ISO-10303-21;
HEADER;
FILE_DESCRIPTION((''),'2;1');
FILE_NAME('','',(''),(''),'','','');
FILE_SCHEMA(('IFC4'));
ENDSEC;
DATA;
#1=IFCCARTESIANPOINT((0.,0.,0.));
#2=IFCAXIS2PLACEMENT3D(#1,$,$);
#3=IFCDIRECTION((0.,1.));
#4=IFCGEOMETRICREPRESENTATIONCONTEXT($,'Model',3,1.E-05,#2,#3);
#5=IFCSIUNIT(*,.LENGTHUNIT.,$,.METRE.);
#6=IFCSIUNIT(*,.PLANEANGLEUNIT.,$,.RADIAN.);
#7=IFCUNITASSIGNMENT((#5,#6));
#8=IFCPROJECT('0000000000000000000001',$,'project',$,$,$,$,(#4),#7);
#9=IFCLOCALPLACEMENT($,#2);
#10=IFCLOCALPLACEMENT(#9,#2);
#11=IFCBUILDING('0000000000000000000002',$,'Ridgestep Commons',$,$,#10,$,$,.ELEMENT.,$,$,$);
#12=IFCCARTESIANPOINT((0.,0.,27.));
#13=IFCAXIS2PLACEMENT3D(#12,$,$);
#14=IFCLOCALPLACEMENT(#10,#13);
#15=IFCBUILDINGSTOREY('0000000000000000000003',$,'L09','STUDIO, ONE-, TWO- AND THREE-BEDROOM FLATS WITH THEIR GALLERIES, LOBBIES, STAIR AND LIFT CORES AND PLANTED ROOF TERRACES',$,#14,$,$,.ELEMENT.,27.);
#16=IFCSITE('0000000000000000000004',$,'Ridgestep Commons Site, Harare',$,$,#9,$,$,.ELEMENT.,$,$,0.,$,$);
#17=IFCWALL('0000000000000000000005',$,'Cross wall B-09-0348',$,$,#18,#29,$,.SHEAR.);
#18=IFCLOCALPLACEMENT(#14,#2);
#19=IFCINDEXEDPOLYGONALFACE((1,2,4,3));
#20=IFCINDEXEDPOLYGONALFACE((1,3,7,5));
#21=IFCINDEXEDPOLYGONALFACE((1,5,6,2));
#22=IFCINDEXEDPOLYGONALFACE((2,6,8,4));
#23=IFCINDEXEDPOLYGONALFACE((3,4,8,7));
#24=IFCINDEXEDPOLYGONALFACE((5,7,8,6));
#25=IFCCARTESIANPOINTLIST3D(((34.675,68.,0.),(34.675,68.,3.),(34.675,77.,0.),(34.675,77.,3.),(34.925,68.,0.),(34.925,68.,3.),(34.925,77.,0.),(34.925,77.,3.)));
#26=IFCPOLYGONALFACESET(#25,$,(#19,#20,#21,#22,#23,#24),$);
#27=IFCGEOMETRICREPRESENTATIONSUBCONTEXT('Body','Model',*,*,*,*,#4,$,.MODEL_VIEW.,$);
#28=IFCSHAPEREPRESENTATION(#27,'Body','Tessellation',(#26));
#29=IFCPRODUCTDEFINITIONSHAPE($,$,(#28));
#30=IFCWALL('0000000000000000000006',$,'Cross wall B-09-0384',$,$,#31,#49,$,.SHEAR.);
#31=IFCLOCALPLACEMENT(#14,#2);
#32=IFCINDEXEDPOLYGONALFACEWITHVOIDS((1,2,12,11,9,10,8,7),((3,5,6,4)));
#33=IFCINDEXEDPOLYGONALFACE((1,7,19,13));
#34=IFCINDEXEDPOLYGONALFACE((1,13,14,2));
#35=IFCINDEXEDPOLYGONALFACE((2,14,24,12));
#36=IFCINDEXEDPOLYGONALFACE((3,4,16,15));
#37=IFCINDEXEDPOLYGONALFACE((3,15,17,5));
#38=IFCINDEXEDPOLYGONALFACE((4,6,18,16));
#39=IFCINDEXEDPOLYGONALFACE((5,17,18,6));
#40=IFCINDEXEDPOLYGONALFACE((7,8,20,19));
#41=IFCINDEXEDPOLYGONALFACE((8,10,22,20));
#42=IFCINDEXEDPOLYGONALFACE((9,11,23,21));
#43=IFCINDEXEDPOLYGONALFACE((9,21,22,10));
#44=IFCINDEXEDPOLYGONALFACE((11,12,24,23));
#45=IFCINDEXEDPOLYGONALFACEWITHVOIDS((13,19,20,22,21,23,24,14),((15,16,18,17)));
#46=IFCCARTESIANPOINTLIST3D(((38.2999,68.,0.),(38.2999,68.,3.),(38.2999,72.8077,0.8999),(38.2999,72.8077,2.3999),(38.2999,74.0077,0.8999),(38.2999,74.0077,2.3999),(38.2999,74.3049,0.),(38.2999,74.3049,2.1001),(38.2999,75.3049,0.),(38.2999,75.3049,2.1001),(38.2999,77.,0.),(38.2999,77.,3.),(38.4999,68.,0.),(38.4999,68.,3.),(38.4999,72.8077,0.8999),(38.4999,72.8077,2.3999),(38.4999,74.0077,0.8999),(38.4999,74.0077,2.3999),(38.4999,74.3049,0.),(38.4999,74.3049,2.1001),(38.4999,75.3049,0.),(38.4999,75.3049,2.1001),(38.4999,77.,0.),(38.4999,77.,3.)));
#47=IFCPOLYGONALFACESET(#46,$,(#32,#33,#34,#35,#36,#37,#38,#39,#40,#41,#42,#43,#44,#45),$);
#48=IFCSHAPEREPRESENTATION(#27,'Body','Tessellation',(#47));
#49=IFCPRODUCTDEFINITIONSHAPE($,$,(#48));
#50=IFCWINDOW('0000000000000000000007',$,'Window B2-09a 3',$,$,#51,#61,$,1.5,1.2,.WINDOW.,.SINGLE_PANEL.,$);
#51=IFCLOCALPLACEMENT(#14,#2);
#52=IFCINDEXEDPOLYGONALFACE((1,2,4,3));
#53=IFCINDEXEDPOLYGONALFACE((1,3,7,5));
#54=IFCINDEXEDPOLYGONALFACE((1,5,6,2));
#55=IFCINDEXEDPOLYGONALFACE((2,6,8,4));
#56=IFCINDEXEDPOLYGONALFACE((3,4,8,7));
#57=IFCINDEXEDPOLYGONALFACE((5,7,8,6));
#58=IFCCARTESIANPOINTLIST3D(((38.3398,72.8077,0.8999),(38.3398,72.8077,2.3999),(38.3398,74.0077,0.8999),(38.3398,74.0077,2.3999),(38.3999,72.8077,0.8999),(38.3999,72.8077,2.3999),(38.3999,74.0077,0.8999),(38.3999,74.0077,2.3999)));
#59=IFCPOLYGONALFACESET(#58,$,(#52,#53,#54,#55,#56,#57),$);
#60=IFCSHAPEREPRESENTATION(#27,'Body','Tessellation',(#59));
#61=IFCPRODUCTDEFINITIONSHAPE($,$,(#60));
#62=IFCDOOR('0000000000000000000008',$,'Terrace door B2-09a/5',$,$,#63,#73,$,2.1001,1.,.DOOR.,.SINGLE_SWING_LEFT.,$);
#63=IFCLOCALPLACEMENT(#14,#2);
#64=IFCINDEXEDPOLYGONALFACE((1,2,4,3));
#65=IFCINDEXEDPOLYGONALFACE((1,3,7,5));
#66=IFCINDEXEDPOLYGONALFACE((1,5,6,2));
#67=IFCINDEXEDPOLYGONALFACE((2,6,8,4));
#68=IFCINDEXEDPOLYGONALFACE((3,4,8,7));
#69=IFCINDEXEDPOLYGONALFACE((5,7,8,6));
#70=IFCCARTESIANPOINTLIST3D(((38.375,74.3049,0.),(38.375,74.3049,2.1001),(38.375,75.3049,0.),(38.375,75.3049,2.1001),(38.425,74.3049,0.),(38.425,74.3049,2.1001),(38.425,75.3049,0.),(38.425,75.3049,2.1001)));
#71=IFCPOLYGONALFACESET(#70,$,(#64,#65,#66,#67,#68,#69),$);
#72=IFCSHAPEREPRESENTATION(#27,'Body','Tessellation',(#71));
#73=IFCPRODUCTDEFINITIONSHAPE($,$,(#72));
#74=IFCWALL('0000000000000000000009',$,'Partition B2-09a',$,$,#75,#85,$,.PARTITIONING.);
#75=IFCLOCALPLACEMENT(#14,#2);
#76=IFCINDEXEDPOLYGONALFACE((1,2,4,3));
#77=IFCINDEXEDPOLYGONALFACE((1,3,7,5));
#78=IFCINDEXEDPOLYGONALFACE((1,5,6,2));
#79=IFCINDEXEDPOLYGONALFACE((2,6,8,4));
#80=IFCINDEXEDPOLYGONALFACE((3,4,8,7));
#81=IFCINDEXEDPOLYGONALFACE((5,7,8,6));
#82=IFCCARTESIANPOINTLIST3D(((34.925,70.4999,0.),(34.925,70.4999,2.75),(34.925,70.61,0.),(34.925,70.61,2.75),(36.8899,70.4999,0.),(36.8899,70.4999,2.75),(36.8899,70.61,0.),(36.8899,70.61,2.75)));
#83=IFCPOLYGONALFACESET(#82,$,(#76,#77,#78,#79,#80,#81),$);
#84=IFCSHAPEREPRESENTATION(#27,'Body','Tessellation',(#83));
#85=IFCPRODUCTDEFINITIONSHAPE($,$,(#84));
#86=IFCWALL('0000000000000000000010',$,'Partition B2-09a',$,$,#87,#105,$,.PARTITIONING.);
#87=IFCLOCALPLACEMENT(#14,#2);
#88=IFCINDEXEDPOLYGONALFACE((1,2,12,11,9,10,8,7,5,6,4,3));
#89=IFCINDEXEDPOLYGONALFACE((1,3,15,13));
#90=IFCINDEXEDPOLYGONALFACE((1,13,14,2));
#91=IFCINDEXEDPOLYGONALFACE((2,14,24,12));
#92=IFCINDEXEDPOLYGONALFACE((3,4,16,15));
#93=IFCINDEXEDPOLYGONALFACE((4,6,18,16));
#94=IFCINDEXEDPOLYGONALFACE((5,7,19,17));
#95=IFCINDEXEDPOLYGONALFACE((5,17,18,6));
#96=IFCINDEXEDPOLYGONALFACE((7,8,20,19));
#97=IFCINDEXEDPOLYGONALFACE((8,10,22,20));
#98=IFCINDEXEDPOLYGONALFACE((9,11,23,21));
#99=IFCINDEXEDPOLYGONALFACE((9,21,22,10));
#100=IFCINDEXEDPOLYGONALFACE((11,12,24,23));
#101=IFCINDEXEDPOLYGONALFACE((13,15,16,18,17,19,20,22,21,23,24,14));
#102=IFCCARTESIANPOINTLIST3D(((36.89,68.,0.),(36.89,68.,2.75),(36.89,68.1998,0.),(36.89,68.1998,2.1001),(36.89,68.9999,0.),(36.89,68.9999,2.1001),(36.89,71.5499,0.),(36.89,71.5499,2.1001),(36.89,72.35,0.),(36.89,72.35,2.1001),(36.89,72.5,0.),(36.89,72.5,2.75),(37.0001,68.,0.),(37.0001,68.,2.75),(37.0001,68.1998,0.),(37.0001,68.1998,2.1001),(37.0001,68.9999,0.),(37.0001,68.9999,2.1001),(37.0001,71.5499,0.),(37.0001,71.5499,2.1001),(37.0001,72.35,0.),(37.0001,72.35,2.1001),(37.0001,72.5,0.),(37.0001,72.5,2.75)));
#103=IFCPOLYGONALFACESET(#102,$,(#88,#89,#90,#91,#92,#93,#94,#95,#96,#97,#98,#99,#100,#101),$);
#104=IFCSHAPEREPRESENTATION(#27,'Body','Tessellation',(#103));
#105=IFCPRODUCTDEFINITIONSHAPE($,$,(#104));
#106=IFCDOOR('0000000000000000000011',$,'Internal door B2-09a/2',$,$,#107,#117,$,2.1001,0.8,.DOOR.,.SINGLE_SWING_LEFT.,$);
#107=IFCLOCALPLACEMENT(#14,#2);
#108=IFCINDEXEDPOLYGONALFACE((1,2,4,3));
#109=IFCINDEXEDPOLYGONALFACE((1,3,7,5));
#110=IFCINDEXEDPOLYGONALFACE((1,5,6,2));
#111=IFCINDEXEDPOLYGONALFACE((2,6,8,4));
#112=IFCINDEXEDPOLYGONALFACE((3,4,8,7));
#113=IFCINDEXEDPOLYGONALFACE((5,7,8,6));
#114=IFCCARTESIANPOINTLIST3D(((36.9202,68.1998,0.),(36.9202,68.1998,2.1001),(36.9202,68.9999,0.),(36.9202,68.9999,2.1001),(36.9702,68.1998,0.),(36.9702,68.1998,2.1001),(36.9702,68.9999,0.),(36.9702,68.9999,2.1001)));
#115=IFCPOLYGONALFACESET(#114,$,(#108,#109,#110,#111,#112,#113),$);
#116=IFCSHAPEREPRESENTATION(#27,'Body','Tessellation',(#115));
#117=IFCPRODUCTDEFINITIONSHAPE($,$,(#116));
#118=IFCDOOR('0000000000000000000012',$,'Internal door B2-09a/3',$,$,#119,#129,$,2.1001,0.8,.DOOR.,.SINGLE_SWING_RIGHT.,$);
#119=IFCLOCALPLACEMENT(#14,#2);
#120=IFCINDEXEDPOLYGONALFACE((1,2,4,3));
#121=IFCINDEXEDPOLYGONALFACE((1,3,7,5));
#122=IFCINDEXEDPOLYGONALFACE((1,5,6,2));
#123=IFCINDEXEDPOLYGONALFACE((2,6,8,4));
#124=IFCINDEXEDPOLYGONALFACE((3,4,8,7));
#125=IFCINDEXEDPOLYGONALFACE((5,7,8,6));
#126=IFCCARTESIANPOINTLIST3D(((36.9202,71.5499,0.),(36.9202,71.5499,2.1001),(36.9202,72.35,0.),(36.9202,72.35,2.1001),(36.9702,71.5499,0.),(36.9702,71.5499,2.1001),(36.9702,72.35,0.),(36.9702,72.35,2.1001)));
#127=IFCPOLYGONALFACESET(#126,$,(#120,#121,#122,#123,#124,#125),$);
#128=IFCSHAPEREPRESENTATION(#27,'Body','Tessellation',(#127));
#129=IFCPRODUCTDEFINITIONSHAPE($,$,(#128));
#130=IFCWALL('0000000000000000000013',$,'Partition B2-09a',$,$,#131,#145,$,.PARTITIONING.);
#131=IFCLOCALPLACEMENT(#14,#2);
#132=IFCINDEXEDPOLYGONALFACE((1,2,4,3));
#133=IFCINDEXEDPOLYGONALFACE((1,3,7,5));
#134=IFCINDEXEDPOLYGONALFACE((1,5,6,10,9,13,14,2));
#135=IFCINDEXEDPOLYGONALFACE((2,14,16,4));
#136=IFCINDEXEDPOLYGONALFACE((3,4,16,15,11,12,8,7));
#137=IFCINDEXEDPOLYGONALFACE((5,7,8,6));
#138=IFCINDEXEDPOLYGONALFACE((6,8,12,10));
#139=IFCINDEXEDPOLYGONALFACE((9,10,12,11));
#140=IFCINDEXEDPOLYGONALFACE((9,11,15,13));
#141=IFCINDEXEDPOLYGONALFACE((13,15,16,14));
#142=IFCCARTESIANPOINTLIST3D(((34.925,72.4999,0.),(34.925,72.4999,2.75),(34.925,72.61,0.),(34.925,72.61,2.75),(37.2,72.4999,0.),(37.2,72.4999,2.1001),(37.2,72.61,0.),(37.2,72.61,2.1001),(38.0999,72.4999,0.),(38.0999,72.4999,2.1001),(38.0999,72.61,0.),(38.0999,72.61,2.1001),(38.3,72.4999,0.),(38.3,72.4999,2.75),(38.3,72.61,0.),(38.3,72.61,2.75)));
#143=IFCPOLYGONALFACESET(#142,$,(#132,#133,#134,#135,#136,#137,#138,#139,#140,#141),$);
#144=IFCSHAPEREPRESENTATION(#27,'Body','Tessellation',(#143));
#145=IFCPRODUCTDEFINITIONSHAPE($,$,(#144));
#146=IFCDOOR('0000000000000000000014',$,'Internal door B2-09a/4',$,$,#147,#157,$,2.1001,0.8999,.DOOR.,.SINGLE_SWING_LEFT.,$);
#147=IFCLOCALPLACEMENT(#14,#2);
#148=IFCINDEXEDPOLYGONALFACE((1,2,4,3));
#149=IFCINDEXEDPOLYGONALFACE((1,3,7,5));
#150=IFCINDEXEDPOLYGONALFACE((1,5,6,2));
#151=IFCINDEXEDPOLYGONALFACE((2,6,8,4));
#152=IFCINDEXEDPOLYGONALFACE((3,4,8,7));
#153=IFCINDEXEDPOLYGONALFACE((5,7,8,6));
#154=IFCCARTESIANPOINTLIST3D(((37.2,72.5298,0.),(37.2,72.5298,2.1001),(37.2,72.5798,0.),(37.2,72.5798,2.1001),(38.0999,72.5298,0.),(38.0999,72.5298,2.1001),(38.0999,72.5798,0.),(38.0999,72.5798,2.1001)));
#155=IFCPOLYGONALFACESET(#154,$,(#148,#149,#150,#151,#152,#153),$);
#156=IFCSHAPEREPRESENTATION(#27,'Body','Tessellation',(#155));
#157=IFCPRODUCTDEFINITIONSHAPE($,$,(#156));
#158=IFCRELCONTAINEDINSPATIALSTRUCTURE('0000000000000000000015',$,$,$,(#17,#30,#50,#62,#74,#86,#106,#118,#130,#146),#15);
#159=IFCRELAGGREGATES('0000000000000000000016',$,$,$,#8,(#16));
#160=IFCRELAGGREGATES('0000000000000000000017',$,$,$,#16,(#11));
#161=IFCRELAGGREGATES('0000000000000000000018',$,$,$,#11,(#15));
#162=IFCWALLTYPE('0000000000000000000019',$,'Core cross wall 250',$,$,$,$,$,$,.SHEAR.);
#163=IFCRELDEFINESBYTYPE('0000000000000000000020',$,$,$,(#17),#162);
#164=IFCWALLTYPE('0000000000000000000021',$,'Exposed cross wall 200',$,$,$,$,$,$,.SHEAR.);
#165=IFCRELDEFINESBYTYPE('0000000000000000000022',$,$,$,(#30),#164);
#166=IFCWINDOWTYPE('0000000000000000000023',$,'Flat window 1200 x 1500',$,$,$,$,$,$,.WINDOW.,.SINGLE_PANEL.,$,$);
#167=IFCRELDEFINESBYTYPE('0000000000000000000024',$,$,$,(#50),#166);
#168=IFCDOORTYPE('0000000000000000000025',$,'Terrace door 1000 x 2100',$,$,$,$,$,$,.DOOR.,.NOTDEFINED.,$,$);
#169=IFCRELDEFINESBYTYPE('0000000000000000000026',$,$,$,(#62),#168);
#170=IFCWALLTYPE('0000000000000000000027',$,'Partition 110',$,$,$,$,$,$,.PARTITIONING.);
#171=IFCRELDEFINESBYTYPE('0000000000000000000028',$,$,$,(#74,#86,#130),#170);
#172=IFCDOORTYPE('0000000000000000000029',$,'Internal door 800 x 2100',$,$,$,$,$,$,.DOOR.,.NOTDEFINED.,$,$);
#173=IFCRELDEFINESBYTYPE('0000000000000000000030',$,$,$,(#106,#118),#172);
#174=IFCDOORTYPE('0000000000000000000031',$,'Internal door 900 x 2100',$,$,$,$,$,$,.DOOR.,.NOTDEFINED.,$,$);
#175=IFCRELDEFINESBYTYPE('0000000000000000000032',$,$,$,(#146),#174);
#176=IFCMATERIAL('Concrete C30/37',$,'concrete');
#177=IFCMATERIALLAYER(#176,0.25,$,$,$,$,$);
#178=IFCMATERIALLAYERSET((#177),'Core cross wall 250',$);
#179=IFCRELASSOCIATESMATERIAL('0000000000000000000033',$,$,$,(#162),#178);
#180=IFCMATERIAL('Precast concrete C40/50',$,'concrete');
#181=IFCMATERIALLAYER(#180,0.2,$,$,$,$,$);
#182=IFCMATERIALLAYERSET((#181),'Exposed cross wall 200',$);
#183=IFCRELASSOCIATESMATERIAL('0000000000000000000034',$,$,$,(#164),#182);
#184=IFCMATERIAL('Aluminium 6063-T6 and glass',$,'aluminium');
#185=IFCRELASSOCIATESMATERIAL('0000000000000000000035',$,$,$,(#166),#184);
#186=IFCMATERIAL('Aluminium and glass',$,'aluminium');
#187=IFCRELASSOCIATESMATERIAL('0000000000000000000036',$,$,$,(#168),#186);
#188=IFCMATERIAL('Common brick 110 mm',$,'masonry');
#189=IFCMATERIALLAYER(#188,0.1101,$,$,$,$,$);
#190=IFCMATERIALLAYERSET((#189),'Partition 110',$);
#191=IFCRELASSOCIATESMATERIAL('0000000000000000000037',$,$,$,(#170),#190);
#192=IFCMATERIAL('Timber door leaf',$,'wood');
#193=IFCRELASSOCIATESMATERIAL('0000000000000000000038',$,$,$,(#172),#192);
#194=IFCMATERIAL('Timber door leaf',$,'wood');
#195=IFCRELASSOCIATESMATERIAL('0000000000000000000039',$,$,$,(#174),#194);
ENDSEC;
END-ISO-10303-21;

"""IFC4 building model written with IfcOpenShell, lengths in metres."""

from ifc_helpers import new_model, si_unit, direction, frame, frame_2d, origin, place, context, subcontext, project, spatial, rectangle, extrude, material, layer, layer_set, type_object, element, fill, save


model = new_model("IFC4")

# Units and contexts
model_context = context("Model", 3, precision=1e-05, world=origin(), true_north=direction((0.0, 1.0)))
body_context = subcontext(model_context, "Body", "Model", "MODEL_VIEW")
ifc_project = project(units=[si_unit("LENGTHUNIT", "METRE"), si_unit("PLANEANGLEUNIT", "RADIAN")], contexts=[model_context])

# Site, building, storey
site_placement = place(None, origin())
site = spatial("IfcSite", under=ifc_project, at=site_placement, Name="Ridgestep Commons Site, Harare", CompositionType="ELEMENT", RefElevation=0.0)
building_placement = place(site_placement, origin())
building = spatial("IfcBuilding", under=site, at=building_placement, Name="Ridgestep Commons", CompositionType="ELEMENT")
storey_placement = place(building_placement, frame((0.0, 0.0, 27.0)))
storey = spatial("IfcBuildingStorey", under=building, at=storey_placement, Name="L09", Description="STUDIO, ONE-, TWO- AND THREE-BEDROOM FLATS WITH THEIR GALLERIES, LOBBIES, STAIR AND LIFT CORES AND PLANTED ROOF TERRACES", CompositionType="ELEMENT", Elevation=27.0)

# Wall
ifc_material_1 = material(Name="Concrete C30/37", Category="concrete")
ifc_layer_1 = layer(ifc_material_1, 0.25)
ifc_layer_set_1 = layer_set([ifc_layer_1], Name="Core cross wall 250")
wall_type_1 = type_object("IfcWallType", Name="Core cross wall 250", PredefinedType="SHEAR", material=ifc_layer_set_1)
wall_1_placement = place(storey_placement, frame((34.8, 68.0, 0.0), z_axis=(0.0, 0.0, 1.0), x_axis=(0.0, 1.0, 0.0)))
element("IfcWall", 1, at=wall_1_placement, inside=storey, type_object=wall_type_1, Name="Cross wall B-09-0348", PredefinedType="SHEAR", context=body_context, shape_type="SweptSolid", body=[
    extrude(rectangle(XDim=9.0, YDim=0.25, at=frame_2d((4.5, 0.0))), origin(), (0.0, 0.0, 1.0), 3.0),
])

# Wall, openings, window, door
ifc_material_2 = material(Name="Precast concrete C40/50", Category="concrete")
ifc_layer_2 = layer(ifc_material_2, 0.2)
ifc_layer_set_2 = layer_set([ifc_layer_2], Name="Exposed cross wall 200")
wall_type_2 = type_object("IfcWallType", Name="Exposed cross wall 200", PredefinedType="SHEAR", material=ifc_layer_set_2)
wall_2_placement = place(storey_placement, frame((38.3999, 68.0, 0.0), z_axis=(0.0, 0.0, 1.0), x_axis=(0.0, 1.0, 0.0)))
wall_2 = element("IfcWall", 2, at=wall_2_placement, inside=storey, type_object=wall_type_2, Name="Cross wall B-09-0384", PredefinedType="SHEAR", context=body_context, shape_type="SweptSolid", body=[
    extrude(rectangle(XDim=9.0, YDim=0.2, at=frame_2d((4.5, 0.0))), origin(), (0.0, 0.0, 1.0), 3.0),
])
opening_1_placement = place(wall_2_placement, frame((4.8076, 0.0, 0.8999)))
opening_1 = element("IfcOpeningElement", 3, at=opening_1_placement, cuts=wall_2, PredefinedType="OPENING", context=body_context, shape_type="SweptSolid", body=[
    extrude(rectangle(XDim=1.2, YDim=1.5, at=frame_2d((0.6001, 0.75))), frame((0.0, 0.1099, 0.0), z_axis=(0.0, -1.0, 0.0), x_axis=(1.0, 0.0, 0.0)), (0.0, 0.0, 1.0), 0.22),
])
opening_2_placement = place(wall_2_placement, frame((6.3049, 0.0, 0.0)))
opening_2 = element("IfcOpeningElement", 4, at=opening_2_placement, cuts=wall_2, PredefinedType="OPENING", context=body_context, shape_type="SweptSolid", body=[
    extrude(rectangle(XDim=1.0, YDim=2.1001, at=frame_2d((0.5, 1.05))), frame((0.0, 0.1099, 0.0), z_axis=(0.0, -1.0, 0.0), x_axis=(1.0, 0.0, 0.0)), (0.0, 0.0, 1.0), 0.22),
])
ifc_material_3 = material(Name="Aluminium 6063-T6 and glass", Category="aluminium")
window_type_1 = type_object("IfcWindowType", Name="Flat window 1200 x 1500", PartitioningType="SINGLE_PANEL", PredefinedType="WINDOW", material=ifc_material_3)
window_1_placement = place(opening_1_placement, origin())
window_1 = element("IfcWindow", 5, at=window_1_placement, inside=storey, type_object=window_type_1, Name="Window B2-09a 3", OverallHeight=1.5, OverallWidth=1.2, PartitioningType="SINGLE_PANEL", PredefinedType="WINDOW", context=body_context, shape_type="SweptSolid", body=[
    extrude(rectangle(XDim=1.2, YDim=1.5, at=frame_2d((0.6001, 0.75))), frame((0.0, 0.0601, 0.0), z_axis=(0.0, -1.0, 0.0), x_axis=(1.0, 0.0, 0.0)), (0.0, 0.0, 1.0), 0.0601),
])
fill(opening_1, window_1)
ifc_material_4 = material(Name="Aluminium and glass", Category="aluminium")
door_type_1 = type_object("IfcDoorType", Name="Terrace door 1000 x 2100", OperationType="NOTDEFINED", PredefinedType="DOOR", material=ifc_material_4)
door_1_placement = place(opening_2_placement, origin())
door_1 = element("IfcDoor", 6, at=door_1_placement, inside=storey, type_object=door_type_1, Name="Terrace door B2-09a/5", OperationType="SINGLE_SWING_LEFT", OverallHeight=2.1001, OverallWidth=1.0, PredefinedType="DOOR", context=body_context, shape_type="SweptSolid", body=[
    extrude(rectangle(XDim=1.0, YDim=2.1001, at=frame_2d((0.5, 1.05))), frame((0.0, 0.0249, 0.0), z_axis=(0.0, -1.0, 0.0), x_axis=(1.0, 0.0, 0.0)), (0.0, 0.0, 1.0), 0.05),
])
fill(opening_2, door_1)

# Wall
ifc_material_5 = material(Name="Common brick 110 mm", Category="masonry")
ifc_layer_3 = layer(ifc_material_5, 0.1101)
ifc_layer_set_3 = layer_set([ifc_layer_3], Name="Partition 110")
wall_type_3 = type_object("IfcWallType", Name="Partition 110", PredefinedType="PARTITIONING", material=ifc_layer_set_3)
wall_3_placement = place(storey_placement, frame((34.925, 70.5549, 0.0), z_axis=(0.0, 0.0, 1.0), x_axis=(1.0, 0.0, 0.0)))
element("IfcWall", 7, at=wall_3_placement, inside=storey, type_object=wall_type_3, Name="Partition B2-09a", PredefinedType="PARTITIONING", context=body_context, shape_type="SweptSolid", body=[
    extrude(rectangle(XDim=1.9648, YDim=0.1101, at=frame_2d((0.9824, 0.0))), origin(), (0.0, 0.0, 1.0), 2.75),
])

# Wall, openings, doors
wall_4_placement = place(storey_placement, frame((36.9451, 68.0, 0.0), z_axis=(0.0, 0.0, 1.0), x_axis=(0.0, 1.0, 0.0)))
wall_4 = element("IfcWall", 8, at=wall_4_placement, inside=storey, type_object=wall_type_3, Name="Partition B2-09a", PredefinedType="PARTITIONING", context=body_context, shape_type="SweptSolid", body=[
    extrude(rectangle(XDim=4.5, YDim=0.1101, at=frame_2d((2.25, 0.0))), origin(), (0.0, 0.0, 1.0), 2.75),
])
opening_3_placement = place(wall_4_placement, frame((0.2, 0.0, 0.0)))
opening_3 = element("IfcOpeningElement", 9, at=opening_3_placement, cuts=wall_4, PredefinedType="OPENING", context=body_context, shape_type="SweptSolid", body=[
    extrude(rectangle(XDim=0.8, YDim=2.1001, at=frame_2d((0.3999, 1.05))), frame((0.0, 0.0649, 0.0), z_axis=(0.0, -1.0, 0.0), x_axis=(1.0, 0.0, 0.0)), (0.0, 0.0, 1.0), 0.1301),
])
opening_4_placement = place(wall_4_placement, frame((3.55, 0.0, 0.0)))
opening_4 = element("IfcOpeningElement", 10, at=opening_4_placement, cuts=wall_4, PredefinedType="OPENING", context=body_context, shape_type="SweptSolid", body=[
    extrude(rectangle(XDim=0.8, YDim=2.1001, at=frame_2d((0.3999, 1.05))), frame((0.0, 0.0649, 0.0), z_axis=(0.0, -1.0, 0.0), x_axis=(1.0, 0.0, 0.0)), (0.0, 0.0, 1.0), 0.1301),
])
ifc_material_6 = material(Name="Timber door leaf", Category="wood")
door_type_2 = type_object("IfcDoorType", Name="Internal door 800 x 2100", OperationType="NOTDEFINED", PredefinedType="DOOR", material=ifc_material_6)
door_2_placement = place(opening_3_placement, origin())
door_2 = element("IfcDoor", 11, at=door_2_placement, inside=storey, type_object=door_type_2, Name="Internal door B2-09a/2", OperationType="SINGLE_SWING_LEFT", OverallHeight=2.1001, OverallWidth=0.8, PredefinedType="DOOR", context=body_context, shape_type="SweptSolid", body=[
    extrude(rectangle(XDim=0.8, YDim=2.1001, at=frame_2d((0.3999, 1.05))), frame((0.0, 0.0249, 0.0), z_axis=(0.0, -1.0, 0.0), x_axis=(1.0, 0.0, 0.0)), (0.0, 0.0, 1.0), 0.05),
])
fill(opening_3, door_2)
door_3_placement = place(opening_4_placement, origin())
door_3 = element("IfcDoor", 12, at=door_3_placement, inside=storey, type_object=door_type_2, Name="Internal door B2-09a/3", OperationType="SINGLE_SWING_RIGHT", OverallHeight=2.1001, OverallWidth=0.8, PredefinedType="DOOR", context=body_context, shape_type="SweptSolid", body=[
    extrude(rectangle(XDim=0.8, YDim=2.1001, at=frame_2d((0.3999, 1.05))), frame((0.0, 0.0249, 0.0), z_axis=(0.0, -1.0, 0.0), x_axis=(1.0, 0.0, 0.0)), (0.0, 0.0, 1.0), 0.05),
])
fill(opening_4, door_3)

# Wall, opening, door
wall_5_placement = place(storey_placement, frame((34.925, 72.5549, 0.0), z_axis=(0.0, 0.0, 1.0), x_axis=(1.0, 0.0, 0.0)))
wall_5 = element("IfcWall", 13, at=wall_5_placement, inside=storey, type_object=wall_type_3, Name="Partition B2-09a", PredefinedType="PARTITIONING", context=body_context, shape_type="SweptSolid", body=[
    extrude(rectangle(XDim=3.375, YDim=0.1101, at=frame_2d((1.6875, 0.0))), origin(), (0.0, 0.0, 1.0), 2.75),
])
opening_5_placement = place(wall_5_placement, frame((2.2749, 0.0, 0.0)))
opening_5 = element("IfcOpeningElement", 14, at=opening_5_placement, cuts=wall_5, PredefinedType="OPENING", context=body_context, shape_type="SweptSolid", body=[
    extrude(rectangle(XDim=0.8999, YDim=2.1001, at=frame_2d((0.45, 1.05))), frame((0.0, 0.0649, 0.0), z_axis=(0.0, -1.0, 0.0), x_axis=(1.0, 0.0, 0.0)), (0.0, 0.0, 1.0), 0.1301),
])
ifc_material_7 = material(Name="Timber door leaf", Category="wood")
door_type_3 = type_object("IfcDoorType", Name="Internal door 900 x 2100", OperationType="NOTDEFINED", PredefinedType="DOOR", material=ifc_material_7)
door_4_placement = place(opening_5_placement, origin())
door_4 = element("IfcDoor", 15, at=door_4_placement, inside=storey, type_object=door_type_3, Name="Internal door B2-09a/4", OperationType="SINGLE_SWING_LEFT", OverallHeight=2.1001, OverallWidth=0.8999, PredefinedType="DOOR", context=body_context, shape_type="SweptSolid", body=[
    extrude(rectangle(XDim=0.8999, YDim=2.1001, at=frame_2d((0.45, 1.05))), frame((0.0, 0.0249, 0.0), z_axis=(0.0, -1.0, 0.0), x_axis=(1.0, 0.0, 0.0)), (0.0, 0.0, 1.0), 0.05),
])
fill(opening_5, door_4)

save(model, "model.ifc")
